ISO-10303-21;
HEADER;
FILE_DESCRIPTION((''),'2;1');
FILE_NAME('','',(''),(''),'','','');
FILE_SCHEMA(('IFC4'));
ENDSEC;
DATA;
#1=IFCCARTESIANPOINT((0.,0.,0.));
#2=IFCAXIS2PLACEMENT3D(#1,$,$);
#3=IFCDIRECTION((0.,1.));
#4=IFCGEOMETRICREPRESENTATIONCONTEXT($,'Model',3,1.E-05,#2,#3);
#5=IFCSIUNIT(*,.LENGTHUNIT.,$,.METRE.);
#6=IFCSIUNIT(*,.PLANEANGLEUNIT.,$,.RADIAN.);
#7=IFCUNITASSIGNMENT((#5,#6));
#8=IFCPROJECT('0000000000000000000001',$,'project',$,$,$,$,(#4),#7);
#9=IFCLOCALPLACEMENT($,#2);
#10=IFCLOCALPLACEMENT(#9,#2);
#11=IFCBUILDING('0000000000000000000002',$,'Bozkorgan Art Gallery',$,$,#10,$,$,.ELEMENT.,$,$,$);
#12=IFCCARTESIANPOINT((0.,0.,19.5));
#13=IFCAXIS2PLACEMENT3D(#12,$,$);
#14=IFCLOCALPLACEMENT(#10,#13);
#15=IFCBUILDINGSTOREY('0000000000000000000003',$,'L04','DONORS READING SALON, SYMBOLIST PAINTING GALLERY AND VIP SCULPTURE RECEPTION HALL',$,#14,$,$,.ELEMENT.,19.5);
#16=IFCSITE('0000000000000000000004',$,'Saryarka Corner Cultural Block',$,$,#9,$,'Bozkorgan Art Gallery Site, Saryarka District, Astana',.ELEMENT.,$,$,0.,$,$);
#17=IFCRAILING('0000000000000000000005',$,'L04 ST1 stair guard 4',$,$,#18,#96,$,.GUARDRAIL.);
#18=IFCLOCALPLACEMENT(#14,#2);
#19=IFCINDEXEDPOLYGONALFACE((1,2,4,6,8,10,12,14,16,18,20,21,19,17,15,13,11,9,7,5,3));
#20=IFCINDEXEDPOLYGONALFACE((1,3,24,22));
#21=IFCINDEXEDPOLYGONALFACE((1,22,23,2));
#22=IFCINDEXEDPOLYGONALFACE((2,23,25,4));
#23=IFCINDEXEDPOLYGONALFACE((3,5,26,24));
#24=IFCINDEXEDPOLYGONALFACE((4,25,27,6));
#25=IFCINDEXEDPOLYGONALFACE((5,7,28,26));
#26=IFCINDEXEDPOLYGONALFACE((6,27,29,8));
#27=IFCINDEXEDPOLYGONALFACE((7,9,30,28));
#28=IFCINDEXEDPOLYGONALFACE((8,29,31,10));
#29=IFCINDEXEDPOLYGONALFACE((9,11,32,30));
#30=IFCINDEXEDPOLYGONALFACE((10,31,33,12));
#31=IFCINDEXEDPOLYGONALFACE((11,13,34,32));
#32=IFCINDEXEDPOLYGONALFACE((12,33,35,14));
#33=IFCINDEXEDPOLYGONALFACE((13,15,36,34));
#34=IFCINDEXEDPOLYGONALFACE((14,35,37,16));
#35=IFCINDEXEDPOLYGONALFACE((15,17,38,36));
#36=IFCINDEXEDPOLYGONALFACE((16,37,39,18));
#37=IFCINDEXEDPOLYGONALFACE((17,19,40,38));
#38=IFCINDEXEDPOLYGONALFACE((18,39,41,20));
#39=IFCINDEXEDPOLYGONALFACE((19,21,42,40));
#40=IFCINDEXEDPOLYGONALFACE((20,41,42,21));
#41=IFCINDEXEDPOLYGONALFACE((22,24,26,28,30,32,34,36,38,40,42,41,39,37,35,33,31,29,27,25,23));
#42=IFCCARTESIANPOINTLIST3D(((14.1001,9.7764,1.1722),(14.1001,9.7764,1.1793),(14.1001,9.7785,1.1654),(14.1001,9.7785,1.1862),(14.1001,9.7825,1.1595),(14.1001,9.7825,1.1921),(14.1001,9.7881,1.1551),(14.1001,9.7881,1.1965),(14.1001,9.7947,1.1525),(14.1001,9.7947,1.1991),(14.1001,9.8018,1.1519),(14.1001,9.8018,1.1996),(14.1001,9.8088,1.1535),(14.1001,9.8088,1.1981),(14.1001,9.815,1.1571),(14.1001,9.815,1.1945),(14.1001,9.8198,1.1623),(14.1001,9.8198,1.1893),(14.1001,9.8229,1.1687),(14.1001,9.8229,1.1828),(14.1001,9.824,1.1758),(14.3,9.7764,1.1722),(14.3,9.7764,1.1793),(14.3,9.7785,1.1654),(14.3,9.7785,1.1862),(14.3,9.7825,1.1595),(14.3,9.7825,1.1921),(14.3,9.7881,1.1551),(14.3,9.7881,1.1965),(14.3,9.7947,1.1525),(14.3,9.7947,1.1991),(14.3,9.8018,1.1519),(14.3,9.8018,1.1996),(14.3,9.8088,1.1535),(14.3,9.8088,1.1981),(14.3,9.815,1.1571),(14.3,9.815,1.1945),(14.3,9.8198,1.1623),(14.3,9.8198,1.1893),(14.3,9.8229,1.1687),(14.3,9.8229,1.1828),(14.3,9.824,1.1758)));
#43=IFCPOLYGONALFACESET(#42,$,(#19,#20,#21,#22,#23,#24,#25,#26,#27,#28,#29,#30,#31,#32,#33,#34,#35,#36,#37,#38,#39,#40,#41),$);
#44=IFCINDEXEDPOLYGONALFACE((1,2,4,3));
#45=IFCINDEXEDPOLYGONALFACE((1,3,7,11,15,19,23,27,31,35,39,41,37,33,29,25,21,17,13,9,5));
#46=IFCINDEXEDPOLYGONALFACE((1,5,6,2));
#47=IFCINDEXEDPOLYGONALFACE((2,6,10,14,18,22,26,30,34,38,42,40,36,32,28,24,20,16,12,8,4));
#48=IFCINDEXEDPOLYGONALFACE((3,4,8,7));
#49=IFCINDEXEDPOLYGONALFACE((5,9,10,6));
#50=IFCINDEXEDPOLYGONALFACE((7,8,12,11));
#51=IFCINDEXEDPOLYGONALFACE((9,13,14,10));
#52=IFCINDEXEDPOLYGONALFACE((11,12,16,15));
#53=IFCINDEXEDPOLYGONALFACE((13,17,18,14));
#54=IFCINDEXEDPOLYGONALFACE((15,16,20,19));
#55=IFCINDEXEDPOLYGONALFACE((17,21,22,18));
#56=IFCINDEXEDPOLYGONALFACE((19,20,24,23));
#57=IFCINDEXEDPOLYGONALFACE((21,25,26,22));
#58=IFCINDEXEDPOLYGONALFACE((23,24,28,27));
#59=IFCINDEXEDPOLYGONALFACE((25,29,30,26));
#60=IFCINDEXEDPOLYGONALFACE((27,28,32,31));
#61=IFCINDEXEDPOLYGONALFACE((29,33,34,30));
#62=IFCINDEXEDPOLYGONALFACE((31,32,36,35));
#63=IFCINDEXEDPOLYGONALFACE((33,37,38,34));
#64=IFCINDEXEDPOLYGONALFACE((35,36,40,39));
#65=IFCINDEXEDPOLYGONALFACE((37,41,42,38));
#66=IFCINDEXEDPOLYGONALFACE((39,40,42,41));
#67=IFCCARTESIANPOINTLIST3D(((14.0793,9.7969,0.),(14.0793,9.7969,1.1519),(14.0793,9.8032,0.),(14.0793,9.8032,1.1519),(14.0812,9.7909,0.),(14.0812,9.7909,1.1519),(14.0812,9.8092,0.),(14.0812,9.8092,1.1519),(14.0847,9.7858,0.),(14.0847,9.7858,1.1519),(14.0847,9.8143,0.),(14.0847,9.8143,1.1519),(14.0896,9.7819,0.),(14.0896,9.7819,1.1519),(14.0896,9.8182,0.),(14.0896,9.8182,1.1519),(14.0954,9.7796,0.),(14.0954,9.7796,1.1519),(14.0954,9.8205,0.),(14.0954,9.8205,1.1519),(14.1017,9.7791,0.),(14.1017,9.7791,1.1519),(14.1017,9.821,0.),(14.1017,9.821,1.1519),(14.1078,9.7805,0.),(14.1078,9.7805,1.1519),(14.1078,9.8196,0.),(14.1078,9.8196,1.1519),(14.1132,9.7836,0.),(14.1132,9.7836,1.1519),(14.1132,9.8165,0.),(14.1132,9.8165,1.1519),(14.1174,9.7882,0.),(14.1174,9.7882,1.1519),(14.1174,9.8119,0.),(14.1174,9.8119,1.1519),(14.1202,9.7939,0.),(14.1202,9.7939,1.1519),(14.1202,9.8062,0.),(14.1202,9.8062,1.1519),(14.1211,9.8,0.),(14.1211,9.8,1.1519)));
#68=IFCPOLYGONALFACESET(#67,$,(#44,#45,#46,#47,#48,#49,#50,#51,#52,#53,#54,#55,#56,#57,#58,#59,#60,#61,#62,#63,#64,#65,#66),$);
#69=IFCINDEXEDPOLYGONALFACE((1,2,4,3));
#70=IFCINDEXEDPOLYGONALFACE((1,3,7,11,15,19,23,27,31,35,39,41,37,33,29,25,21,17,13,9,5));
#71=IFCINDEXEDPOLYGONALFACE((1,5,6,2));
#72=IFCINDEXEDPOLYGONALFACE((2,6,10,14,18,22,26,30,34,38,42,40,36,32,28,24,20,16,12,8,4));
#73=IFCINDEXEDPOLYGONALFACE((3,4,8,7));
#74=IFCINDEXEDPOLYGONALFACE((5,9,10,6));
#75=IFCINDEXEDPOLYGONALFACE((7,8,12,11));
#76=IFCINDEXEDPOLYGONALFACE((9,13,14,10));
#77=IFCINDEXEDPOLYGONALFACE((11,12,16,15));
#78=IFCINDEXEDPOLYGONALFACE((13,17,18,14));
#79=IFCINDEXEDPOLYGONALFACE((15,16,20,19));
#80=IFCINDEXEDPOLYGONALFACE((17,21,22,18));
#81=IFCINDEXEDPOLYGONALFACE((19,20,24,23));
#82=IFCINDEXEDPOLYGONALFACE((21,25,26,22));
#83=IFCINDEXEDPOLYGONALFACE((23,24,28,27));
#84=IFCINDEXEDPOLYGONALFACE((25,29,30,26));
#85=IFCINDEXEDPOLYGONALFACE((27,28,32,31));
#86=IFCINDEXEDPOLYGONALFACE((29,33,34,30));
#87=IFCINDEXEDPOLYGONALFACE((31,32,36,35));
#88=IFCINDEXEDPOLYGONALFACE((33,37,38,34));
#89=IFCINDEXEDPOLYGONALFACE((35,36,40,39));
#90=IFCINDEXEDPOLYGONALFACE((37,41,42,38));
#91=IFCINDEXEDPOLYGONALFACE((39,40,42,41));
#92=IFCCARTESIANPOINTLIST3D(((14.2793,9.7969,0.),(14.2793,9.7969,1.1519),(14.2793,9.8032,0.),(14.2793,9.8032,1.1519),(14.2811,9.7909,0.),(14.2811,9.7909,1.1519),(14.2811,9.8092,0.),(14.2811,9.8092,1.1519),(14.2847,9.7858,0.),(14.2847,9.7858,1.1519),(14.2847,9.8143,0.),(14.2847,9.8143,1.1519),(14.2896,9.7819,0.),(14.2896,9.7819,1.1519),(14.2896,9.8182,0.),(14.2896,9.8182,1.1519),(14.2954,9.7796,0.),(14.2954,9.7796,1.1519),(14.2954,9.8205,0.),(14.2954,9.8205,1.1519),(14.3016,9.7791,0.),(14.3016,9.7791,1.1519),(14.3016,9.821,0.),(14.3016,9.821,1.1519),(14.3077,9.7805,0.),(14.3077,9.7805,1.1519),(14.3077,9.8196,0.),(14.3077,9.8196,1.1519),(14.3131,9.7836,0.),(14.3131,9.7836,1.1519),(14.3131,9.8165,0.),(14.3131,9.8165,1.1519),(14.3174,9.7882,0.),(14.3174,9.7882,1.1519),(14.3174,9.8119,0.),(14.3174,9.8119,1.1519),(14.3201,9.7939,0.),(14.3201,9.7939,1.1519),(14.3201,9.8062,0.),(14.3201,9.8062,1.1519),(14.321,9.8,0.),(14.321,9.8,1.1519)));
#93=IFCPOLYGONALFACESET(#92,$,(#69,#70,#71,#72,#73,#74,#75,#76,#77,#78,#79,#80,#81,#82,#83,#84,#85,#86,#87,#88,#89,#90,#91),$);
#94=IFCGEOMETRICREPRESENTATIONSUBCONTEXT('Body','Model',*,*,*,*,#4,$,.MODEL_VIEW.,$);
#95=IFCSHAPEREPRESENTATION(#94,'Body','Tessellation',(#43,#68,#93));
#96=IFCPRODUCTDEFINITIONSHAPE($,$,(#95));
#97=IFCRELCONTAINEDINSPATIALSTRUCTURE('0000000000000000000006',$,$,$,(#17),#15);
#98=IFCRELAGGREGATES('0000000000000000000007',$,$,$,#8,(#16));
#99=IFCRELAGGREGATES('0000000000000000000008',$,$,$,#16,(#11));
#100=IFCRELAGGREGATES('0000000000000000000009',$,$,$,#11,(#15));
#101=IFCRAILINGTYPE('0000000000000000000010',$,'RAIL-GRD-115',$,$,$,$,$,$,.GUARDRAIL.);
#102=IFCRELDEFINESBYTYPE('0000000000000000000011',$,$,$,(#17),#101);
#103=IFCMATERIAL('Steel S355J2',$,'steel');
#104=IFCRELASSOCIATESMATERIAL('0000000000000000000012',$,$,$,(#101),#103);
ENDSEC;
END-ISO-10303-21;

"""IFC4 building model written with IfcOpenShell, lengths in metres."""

from ifc_helpers import new_model, si_unit, direction, frame, origin, origin_2d, place, context, subcontext, project, spatial, circle, extrude, material, type_object, element, save


model = new_model("IFC4")

# Units and contexts
model_context = context("Model", 3, precision=1e-05, world=origin(), true_north=direction((0.0, 1.0)))
body_context = subcontext(model_context, "Body", "Model", "MODEL_VIEW")
ifc_project = project(units=[si_unit("LENGTHUNIT", "METRE"), si_unit("PLANEANGLEUNIT", "RADIAN")], contexts=[model_context])

# Site, building, storey
site_placement = place(None, origin())
site = spatial("IfcSite", under=ifc_project, at=site_placement, Name="Saryarka Corner Cultural Block", LongName="Bozkorgan Art Gallery Site, Saryarka District, Astana", CompositionType="ELEMENT", RefElevation=0.0)
building_placement = place(site_placement, origin())
building = spatial("IfcBuilding", under=site, at=building_placement, Name="Bozkorgan Art Gallery", CompositionType="ELEMENT")
storey_placement = place(building_placement, frame((0.0, 0.0, 19.5)))
storey = spatial("IfcBuildingStorey", under=building, at=storey_placement, Name="L04", Description="DONORS READING SALON, SYMBOLIST PAINTING GALLERY AND VIP SCULPTURE RECEPTION HALL", CompositionType="ELEMENT", Elevation=19.5)

# Shared definitions
ifc_material_1 = material(Name="Steel S355J2", Category="steel")

# Railing
railing_type_1 = type_object("IfcRailingType", Name="RAIL-GRD-115", PredefinedType="GUARDRAIL", material=ifc_material_1)
railing_1_placement = place(storey_placement, frame((14.1001, 9.8, 0.0)))
element("IfcRailing", 1, at=railing_1_placement, inside=storey, type_object=railing_type_1, Name="L04 ST1 stair guard 4", PredefinedType="GUARDRAIL", context=body_context, shape_type="SweptSolid", body=[
    extrude(circle(Radius=0.0239, at=origin_2d()), frame((0.0, 0.0, 1.1758), z_axis=(1.0, 0.0, 0.0), x_axis=(0.0, 1.0, 0.0)), (0.0, 0.0, 1.0), 0.2),
    extrude(circle(Radius=0.021, at=origin_2d()), origin(), (0.0, 0.0, 1.0), 1.1519),
    extrude(circle(Radius=0.021, at=origin_2d()), frame((0.2, 0.0, 0.0)), (0.0, 0.0, 1.0), 1.1519),
])

save(model, "model.ifc")
